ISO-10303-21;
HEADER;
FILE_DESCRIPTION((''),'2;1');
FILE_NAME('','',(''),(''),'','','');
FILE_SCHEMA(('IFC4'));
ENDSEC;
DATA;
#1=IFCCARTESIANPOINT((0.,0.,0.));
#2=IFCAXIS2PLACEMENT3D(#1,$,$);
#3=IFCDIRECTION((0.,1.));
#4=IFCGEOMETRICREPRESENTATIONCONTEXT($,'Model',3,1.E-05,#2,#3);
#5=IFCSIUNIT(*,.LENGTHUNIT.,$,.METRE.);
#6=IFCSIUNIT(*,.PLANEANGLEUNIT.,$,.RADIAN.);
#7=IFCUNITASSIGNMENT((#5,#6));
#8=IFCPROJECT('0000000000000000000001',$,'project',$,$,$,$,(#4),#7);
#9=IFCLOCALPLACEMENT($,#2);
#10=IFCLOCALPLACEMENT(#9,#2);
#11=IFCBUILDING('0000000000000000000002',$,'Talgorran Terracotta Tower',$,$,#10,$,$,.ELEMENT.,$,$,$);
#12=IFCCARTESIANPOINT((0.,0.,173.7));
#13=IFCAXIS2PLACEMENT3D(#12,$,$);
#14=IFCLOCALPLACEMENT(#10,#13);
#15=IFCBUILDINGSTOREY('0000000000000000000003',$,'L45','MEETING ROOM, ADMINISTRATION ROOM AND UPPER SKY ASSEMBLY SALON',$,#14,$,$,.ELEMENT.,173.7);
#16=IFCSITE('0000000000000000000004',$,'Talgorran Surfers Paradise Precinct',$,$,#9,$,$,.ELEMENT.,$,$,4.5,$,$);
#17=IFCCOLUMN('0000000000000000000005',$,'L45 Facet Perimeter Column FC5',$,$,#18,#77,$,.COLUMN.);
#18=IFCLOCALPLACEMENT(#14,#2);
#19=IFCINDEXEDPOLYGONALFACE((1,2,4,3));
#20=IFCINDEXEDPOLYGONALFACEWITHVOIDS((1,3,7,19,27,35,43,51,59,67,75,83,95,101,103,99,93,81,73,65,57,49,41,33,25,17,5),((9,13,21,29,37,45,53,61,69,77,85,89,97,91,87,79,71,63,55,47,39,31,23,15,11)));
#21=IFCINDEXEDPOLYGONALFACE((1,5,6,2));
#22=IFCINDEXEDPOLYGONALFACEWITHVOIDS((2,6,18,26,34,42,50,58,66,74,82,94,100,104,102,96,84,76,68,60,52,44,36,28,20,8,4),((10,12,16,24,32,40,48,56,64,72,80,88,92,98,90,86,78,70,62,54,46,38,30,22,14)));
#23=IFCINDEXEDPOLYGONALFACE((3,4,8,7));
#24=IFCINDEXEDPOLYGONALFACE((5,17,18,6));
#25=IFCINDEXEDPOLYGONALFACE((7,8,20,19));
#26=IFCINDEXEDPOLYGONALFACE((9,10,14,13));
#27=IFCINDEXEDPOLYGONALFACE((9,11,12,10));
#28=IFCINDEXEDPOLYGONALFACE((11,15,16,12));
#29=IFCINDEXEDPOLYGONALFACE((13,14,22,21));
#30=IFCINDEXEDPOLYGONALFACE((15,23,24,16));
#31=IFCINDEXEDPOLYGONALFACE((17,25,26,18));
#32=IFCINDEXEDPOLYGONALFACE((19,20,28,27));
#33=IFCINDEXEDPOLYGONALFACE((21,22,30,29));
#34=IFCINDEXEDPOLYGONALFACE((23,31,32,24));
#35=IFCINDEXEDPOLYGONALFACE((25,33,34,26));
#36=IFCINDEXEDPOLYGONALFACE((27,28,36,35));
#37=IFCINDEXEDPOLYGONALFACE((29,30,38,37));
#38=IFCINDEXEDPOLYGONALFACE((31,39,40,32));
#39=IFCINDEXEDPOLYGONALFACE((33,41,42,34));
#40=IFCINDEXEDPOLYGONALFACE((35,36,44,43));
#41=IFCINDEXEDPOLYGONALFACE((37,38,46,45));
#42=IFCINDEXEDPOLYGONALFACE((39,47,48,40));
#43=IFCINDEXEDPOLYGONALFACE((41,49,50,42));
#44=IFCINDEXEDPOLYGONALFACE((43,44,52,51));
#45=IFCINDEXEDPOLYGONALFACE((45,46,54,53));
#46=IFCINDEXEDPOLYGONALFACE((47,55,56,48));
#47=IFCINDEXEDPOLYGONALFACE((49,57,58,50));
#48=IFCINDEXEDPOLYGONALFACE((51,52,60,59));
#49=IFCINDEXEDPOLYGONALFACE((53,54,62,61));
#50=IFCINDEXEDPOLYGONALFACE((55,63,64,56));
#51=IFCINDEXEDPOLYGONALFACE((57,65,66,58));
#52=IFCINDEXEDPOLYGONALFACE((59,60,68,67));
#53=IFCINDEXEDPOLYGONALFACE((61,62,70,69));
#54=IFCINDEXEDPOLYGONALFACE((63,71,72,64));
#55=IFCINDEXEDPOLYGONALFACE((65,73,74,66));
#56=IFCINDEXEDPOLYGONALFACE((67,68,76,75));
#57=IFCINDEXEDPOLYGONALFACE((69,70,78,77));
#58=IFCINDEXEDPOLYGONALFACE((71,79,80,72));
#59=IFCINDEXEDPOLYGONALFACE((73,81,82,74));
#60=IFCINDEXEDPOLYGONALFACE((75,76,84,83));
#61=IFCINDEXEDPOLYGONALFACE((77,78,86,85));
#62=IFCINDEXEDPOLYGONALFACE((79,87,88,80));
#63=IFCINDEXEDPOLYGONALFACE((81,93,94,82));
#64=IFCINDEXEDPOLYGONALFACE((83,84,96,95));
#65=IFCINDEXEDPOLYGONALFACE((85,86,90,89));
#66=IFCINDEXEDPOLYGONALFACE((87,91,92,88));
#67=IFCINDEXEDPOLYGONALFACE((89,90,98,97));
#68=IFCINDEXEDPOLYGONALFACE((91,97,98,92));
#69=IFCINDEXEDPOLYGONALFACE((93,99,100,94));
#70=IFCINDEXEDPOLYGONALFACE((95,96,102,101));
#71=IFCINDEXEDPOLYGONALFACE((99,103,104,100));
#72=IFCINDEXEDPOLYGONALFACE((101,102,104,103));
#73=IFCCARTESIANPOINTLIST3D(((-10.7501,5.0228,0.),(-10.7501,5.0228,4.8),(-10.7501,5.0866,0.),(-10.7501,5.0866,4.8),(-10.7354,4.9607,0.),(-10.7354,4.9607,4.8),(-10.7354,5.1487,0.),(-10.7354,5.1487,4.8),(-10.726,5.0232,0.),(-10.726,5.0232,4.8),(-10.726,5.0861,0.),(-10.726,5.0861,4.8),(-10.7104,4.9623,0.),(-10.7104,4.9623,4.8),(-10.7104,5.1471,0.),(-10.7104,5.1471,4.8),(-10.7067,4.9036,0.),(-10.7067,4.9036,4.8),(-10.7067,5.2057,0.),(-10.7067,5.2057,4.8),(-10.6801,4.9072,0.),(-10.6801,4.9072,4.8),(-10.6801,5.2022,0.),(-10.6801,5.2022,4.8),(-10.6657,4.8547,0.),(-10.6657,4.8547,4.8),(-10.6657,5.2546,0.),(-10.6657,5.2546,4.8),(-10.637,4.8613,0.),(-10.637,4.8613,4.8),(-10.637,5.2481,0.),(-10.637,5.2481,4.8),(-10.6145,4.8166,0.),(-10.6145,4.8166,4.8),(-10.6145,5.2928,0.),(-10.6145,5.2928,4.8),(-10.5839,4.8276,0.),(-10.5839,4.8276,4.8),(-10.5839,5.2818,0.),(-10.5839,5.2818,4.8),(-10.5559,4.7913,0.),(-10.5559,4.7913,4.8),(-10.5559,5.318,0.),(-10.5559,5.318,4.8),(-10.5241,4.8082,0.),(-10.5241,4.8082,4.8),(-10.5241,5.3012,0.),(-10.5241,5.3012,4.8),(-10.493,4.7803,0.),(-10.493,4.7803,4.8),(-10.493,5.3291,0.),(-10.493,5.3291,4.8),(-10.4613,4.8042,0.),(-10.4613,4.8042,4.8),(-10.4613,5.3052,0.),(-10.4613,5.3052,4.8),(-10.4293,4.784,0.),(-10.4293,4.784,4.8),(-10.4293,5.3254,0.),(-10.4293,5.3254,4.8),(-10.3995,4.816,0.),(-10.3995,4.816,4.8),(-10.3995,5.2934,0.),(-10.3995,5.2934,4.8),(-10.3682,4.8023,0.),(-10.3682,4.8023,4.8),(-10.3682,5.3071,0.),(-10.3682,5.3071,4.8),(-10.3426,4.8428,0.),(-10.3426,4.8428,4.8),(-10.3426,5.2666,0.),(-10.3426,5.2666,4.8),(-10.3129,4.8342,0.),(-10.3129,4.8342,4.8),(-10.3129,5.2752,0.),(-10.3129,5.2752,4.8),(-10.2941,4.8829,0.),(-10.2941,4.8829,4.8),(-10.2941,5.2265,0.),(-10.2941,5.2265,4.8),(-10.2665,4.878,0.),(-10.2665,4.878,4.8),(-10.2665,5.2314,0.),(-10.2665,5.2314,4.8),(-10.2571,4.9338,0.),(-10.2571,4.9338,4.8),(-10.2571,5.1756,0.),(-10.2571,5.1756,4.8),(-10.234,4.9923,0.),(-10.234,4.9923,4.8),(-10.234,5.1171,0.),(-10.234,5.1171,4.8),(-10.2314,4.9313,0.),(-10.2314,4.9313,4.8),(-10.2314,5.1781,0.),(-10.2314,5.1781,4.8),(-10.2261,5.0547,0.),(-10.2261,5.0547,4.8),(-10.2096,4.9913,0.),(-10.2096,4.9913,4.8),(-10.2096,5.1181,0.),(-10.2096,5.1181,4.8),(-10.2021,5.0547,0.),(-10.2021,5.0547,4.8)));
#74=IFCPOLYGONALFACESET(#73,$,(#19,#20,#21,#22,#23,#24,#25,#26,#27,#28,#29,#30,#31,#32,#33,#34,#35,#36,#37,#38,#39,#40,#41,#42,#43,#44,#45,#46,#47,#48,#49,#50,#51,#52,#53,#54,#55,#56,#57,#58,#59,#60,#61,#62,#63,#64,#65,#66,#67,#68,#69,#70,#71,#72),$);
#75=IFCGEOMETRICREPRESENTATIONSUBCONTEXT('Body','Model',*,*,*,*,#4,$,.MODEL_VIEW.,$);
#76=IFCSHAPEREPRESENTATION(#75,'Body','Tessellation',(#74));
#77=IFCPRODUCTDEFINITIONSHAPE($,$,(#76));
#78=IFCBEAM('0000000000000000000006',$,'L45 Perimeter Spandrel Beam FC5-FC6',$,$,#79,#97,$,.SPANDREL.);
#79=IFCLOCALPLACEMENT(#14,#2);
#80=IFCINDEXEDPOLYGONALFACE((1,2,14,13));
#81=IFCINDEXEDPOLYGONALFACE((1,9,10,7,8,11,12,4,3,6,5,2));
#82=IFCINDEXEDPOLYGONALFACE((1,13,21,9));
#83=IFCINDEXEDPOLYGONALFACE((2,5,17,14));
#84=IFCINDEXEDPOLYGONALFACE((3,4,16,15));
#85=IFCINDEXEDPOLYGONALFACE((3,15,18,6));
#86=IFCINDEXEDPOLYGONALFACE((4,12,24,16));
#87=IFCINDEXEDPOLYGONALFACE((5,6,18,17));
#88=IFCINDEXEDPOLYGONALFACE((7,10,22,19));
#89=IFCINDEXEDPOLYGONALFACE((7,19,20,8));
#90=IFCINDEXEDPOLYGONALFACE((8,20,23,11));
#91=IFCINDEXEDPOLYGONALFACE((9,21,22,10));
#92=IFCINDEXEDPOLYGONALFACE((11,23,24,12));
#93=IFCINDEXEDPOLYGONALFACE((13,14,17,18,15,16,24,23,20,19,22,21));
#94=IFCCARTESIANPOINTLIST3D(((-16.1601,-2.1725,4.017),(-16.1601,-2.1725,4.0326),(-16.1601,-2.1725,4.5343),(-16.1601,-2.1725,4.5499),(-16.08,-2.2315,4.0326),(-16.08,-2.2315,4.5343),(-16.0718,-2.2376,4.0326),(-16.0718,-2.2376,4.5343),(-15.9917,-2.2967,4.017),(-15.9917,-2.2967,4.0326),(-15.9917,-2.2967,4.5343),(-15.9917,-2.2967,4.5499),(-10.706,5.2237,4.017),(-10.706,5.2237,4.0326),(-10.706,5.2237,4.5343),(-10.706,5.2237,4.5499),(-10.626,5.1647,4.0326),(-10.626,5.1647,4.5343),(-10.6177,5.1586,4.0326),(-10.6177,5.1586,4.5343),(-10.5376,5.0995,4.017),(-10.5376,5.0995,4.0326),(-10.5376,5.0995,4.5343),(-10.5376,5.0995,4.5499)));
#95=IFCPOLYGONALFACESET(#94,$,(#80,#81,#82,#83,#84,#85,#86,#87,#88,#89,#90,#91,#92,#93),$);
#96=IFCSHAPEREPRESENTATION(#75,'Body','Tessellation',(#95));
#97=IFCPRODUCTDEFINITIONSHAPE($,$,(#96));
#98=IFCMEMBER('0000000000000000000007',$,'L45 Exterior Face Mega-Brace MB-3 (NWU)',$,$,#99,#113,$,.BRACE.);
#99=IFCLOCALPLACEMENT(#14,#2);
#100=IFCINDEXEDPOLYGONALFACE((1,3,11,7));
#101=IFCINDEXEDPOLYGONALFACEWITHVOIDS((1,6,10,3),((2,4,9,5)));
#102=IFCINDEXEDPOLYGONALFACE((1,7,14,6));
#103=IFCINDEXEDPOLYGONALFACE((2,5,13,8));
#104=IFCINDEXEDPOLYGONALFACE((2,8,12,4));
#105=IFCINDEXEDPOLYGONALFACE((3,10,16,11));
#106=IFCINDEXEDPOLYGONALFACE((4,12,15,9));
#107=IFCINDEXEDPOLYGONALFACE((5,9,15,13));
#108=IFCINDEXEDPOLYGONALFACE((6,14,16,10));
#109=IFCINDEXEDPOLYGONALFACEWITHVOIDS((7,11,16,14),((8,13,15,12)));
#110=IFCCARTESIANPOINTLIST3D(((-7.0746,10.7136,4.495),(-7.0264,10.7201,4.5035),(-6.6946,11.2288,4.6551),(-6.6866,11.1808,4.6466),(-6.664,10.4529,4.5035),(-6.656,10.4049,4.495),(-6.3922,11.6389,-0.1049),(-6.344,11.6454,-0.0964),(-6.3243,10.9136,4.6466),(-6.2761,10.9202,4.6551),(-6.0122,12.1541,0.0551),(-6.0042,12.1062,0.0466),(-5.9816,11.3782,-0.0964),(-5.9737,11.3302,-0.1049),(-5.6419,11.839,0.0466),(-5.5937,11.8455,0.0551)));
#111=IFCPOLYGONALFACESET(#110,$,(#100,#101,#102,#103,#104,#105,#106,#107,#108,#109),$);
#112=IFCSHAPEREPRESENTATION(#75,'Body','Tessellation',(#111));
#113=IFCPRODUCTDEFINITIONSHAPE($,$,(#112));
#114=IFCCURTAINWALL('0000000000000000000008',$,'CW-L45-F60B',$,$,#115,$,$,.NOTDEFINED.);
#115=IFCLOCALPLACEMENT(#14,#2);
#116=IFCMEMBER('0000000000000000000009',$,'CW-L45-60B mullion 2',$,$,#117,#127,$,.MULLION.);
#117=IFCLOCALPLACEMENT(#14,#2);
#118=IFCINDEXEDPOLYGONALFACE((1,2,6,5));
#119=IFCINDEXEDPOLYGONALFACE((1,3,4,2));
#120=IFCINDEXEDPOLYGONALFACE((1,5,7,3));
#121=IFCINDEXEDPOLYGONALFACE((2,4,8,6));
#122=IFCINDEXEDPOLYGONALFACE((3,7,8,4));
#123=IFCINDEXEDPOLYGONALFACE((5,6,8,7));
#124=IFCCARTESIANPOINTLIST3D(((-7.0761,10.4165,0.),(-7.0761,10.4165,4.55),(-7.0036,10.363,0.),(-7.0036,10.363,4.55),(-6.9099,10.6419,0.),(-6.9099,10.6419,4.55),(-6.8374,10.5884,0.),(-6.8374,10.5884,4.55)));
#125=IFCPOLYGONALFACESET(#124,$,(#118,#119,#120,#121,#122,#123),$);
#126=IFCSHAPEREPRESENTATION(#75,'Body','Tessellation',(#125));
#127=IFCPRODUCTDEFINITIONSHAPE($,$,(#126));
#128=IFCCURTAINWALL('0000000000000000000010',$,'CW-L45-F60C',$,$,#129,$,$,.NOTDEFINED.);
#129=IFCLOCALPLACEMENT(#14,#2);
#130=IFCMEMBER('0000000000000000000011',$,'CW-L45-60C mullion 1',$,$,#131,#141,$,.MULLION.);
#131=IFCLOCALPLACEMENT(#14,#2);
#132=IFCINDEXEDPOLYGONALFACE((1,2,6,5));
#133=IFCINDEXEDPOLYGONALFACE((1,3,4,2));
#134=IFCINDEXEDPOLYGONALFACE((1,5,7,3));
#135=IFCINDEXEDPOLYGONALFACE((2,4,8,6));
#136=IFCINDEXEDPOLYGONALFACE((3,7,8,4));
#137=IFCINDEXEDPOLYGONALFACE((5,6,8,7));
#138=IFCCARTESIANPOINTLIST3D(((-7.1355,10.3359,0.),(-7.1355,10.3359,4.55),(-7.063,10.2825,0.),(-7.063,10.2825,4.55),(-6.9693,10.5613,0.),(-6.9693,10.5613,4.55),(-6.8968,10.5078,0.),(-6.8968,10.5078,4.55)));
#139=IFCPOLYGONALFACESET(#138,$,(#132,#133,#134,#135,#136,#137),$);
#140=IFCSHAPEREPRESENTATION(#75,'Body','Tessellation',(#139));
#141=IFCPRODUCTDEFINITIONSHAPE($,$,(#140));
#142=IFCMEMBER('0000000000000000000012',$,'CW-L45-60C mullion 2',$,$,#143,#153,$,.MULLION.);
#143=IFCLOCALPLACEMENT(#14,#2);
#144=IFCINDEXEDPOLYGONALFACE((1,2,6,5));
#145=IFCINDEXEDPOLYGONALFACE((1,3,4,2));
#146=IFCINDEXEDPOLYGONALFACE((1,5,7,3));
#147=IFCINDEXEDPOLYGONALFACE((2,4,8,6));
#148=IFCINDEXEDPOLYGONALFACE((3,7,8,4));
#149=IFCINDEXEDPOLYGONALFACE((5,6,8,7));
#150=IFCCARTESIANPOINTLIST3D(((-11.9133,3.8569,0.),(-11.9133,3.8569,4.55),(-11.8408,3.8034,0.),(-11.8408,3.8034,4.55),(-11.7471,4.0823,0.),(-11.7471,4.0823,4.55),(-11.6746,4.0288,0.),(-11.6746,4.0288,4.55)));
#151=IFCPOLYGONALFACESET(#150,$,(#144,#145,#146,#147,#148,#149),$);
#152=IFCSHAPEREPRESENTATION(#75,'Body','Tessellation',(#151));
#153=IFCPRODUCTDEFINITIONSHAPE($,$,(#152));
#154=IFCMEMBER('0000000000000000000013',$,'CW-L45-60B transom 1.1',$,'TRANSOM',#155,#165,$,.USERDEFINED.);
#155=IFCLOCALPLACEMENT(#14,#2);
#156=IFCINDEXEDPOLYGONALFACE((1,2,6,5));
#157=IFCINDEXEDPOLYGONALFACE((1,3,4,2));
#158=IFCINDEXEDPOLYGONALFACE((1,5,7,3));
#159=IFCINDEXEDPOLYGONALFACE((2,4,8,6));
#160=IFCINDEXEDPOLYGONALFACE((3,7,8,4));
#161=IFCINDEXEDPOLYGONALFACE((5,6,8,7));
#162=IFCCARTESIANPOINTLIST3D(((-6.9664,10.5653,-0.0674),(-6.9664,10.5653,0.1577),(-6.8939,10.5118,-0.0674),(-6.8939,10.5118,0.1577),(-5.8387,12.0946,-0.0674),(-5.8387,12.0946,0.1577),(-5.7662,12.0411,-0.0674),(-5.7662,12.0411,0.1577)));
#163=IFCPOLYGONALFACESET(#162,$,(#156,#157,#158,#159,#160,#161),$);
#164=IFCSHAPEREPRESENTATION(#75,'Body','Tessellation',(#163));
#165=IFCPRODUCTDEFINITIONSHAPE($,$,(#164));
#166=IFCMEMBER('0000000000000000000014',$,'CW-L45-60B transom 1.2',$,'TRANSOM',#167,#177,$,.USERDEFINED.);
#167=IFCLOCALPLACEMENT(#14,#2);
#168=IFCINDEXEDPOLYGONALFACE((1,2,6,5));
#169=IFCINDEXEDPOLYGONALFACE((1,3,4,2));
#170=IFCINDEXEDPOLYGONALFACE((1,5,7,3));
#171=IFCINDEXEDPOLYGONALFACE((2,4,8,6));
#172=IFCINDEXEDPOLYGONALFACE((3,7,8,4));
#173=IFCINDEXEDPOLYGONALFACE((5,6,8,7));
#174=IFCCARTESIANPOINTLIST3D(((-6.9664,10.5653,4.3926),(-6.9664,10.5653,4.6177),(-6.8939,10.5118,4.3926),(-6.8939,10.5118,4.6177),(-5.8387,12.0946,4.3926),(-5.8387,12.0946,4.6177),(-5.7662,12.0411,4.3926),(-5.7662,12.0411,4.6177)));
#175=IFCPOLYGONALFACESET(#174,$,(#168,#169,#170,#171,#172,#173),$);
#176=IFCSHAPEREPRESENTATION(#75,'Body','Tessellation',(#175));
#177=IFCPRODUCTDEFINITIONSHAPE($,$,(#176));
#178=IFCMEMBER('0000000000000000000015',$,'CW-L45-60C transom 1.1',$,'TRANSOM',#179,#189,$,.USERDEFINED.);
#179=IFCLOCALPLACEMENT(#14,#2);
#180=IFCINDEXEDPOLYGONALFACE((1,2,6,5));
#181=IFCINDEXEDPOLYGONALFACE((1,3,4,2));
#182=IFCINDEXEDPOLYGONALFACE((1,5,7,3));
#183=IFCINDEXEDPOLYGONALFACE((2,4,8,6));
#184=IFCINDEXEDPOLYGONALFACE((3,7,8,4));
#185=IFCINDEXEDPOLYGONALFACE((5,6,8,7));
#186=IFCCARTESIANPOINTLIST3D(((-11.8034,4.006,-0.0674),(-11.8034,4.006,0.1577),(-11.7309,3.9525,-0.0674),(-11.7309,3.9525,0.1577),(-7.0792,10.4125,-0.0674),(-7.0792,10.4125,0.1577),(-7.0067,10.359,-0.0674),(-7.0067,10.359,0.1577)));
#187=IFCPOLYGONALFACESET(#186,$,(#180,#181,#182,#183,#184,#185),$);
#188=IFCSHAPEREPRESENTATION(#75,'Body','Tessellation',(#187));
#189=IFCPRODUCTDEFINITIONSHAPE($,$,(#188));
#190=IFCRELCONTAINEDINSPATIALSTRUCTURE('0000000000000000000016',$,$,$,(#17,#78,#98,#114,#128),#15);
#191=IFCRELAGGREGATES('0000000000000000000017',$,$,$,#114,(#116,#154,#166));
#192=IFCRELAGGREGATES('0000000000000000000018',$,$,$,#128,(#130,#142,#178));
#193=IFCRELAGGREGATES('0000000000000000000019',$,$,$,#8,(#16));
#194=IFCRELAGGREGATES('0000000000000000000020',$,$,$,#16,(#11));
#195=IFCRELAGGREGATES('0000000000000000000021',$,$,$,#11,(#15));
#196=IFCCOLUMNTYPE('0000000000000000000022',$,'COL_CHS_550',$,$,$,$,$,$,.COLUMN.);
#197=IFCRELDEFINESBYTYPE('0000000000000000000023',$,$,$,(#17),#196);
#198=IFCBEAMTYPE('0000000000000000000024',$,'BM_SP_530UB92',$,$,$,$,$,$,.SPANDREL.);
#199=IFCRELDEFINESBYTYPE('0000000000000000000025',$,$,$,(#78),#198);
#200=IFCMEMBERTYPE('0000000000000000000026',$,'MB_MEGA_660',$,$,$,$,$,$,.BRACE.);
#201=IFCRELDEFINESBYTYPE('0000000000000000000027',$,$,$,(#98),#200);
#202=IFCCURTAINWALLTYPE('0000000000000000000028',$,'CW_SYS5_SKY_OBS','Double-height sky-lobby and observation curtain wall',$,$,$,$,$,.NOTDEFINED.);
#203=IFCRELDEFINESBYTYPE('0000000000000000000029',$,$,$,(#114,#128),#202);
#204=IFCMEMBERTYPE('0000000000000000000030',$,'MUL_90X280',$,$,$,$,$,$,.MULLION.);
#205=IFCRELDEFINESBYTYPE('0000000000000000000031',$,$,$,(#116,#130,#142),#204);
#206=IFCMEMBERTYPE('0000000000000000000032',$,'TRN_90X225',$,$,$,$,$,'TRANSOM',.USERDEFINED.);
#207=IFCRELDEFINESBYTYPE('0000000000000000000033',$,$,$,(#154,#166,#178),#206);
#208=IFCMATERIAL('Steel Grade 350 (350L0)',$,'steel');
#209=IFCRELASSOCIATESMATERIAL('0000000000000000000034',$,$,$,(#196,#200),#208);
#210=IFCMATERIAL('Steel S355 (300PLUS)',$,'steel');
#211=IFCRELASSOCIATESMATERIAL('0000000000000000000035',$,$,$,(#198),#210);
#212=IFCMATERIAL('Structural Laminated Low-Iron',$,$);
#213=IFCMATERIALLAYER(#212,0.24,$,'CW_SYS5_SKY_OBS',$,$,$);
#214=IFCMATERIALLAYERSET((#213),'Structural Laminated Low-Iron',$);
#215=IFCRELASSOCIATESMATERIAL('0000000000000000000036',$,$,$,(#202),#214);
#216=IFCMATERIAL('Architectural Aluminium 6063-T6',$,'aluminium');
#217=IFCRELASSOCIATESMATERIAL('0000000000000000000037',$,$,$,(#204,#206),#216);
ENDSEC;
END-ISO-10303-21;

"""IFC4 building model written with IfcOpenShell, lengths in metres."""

from ifc_helpers import new_model, si_unit, direction, frame, origin, origin_2d, place, context, subcontext, project, spatial, rectangle, hollow_rectangle, hollow_circle, i_section, extrude, material, layer, layer_set, material_profile, profile_set, type_object, element, aggregate, save


model = new_model("IFC4")

# Units and contexts
model_context = context("Model", 3, precision=1e-05, world=origin(), true_north=direction((0.0, 1.0)))
body_context = subcontext(model_context, "Body", "Model", "MODEL_VIEW")
ifc_project = project(units=[si_unit("LENGTHUNIT", "METRE"), si_unit("PLANEANGLEUNIT", "RADIAN")], contexts=[model_context])

# Site, building, storey
site_placement = place(None, origin())
site = spatial("IfcSite", under=ifc_project, at=site_placement, Name="Talgorran Surfers Paradise Precinct", CompositionType="ELEMENT", RefElevation=4.5)
building_placement = place(site_placement, origin())
building = spatial("IfcBuilding", under=site, at=building_placement, Name="Talgorran Terracotta Tower", CompositionType="ELEMENT")
storey_placement = place(building_placement, frame((0.0, 0.0, 173.7)))
storey = spatial("IfcBuildingStorey", under=building, at=storey_placement, Name="L45", Description="MEETING ROOM, ADMINISTRATION ROOM AND UPPER SKY ASSEMBLY SALON", CompositionType="ELEMENT", Elevation=173.7)

# Column
ifc_material_1 = material(Name="Steel Grade 350 (350L0)", Category="steel")
ifc_material_profile_1 = material_profile(ifc_material_1, hollow_circle(Radius=0.2749, WallThickness=0.0239, at=origin_2d()), Name="CHS550X24")
ifc_profile_set_1 = profile_set([ifc_material_profile_1], Name="Steel Grade 350 (350L0)")
column_type = type_object("IfcColumnType", Name="COL_CHS_550", PredefinedType="COLUMN", material=ifc_profile_set_1)
column_placement = place(storey_placement, frame((-10.4771, 5.0547, 0.0), z_axis=(0.0, 0.0, 1.0), x_axis=(1.0, 0.0, 0.0)))
element("IfcColumn", 1, at=column_placement, inside=storey, type_object=column_type, Name="L45 Facet Perimeter Column FC5", PredefinedType="COLUMN", context=body_context, shape_type="SweptSolid", body=[
    extrude(hollow_circle(Radius=0.2749, WallThickness=0.0239, at=origin_2d()), origin(), (0.0, 0.0, 1.0), 4.8),
])

# Beam
ifc_material_2 = material(Name="Steel S355 (300PLUS)", Category="steel")
ifc_material_profile_2 = material_profile(ifc_material_2, i_section(OverallWidth=0.2092, OverallDepth=0.533, WebThickness=0.0103, FlangeThickness=0.0156, at=origin_2d()), Name="530UB92.4")
ifc_profile_set_2 = profile_set([ifc_material_profile_2], Name="Steel S355 (300PLUS)")
beam_type = type_object("IfcBeamType", Name="BM_SP_530UB92", PredefinedType="SPANDREL", material=ifc_profile_set_2)
beam_placement = place(storey_placement, frame((-10.6218, 5.1616, 4.2834), z_axis=(-0.593498, -0.804835, 0.0), x_axis=(0.804835, -0.593498, 0.0)))
element("IfcBeam", 2, at=beam_placement, inside=storey, type_object=beam_type, Name="L45 Perimeter Spandrel Beam FC5-FC6", PredefinedType="SPANDREL", context=body_context, shape_type="SweptSolid", body=[
    extrude(i_section(OverallWidth=0.2092, OverallDepth=0.533, WebThickness=0.0103, FlangeThickness=0.0156, at=origin_2d()), origin(), (0.0, 0.0, 1.0), 9.1897),
])

# Member
ifc_material_profile_3 = material_profile(ifc_material_1, hollow_rectangle(XDim=0.52, YDim=0.6599, WallThickness=0.0349, at=origin_2d()), Name="WBOX660X520X35")
ifc_profile_set_3 = profile_set([ifc_material_profile_3], Name="Steel Grade 350 (350L0)")
member_type_1 = type_object("IfcMemberType", Name="MB_MEGA_660", PredefinedType="BRACE", material=ifc_profile_set_3)
member_1_placement = place(storey_placement, frame((-5.9929, 11.7422, -0.0249), z_axis=(-0.143919, -0.195154, 0.970156), x_axis=(0.804816, -0.593525, 0.0)))
element("IfcMember", 3, at=member_1_placement, inside=storey, type_object=member_type_1, Name="L45 Exterior Face Mega-Brace MB-3 (NWU)", PredefinedType="BRACE", context=body_context, shape_type="SweptSolid", body=[
    extrude(hollow_rectangle(XDim=0.52, YDim=0.6599, WallThickness=0.0349, at=origin_2d()), origin(), (0.0, 0.0, 1.0), 4.7415),
])

# Curtain wall, member
ifc_material_3 = material(Name="Structural Laminated Low-Iron")
ifc_layer_1 = layer(ifc_material_3, 0.24, Name="CW_SYS5_SKY_OBS")
ifc_layer_set_1 = layer_set([ifc_layer_1], Name="Structural Laminated Low-Iron")
curtain_wall_type = type_object("IfcCurtainWallType", Name="CW_SYS5_SKY_OBS", Description="Double-height sky-lobby and observation curtain wall", PredefinedType="NOTDEFINED", material=ifc_layer_set_1)
curtain_wall_1_placement = place(storey_placement, origin())
curtain_wall_1 = element("IfcCurtainWall", 4, at=curtain_wall_1_placement, inside=storey, type_object=curtain_wall_type, Name="CW-L45-F60B", PredefinedType="NOTDEFINED")
ifc_material_4 = material(Name="Architectural Aluminium 6063-T6", Category="aluminium")
ifc_material_profile_4 = material_profile(ifc_material_4, rectangle(XDim=0.0901, YDim=0.28, at=origin_2d()), Name="CWM90X280")
ifc_profile_set_4 = profile_set([ifc_material_profile_4], Name="Architectural Aluminium 6063-T6")
member_type_2 = type_object("IfcMemberType", Name="MUL_90X280", PredefinedType="MULLION", material=ifc_profile_set_4)
member_2_placement = place(storey_placement, frame((-6.9568, 10.5024, 0.0), z_axis=(0.0, 0.0, 1.0), x_axis=(0.804831, -0.593504, 0.0)))
member_2 = element("IfcMember", 5, at=member_2_placement, type_object=member_type_2, Name="CW-L45-60B mullion 2", PredefinedType="MULLION", context=body_context, shape_type="SweptSolid", body=[
    extrude(rectangle(XDim=0.0901, YDim=0.28, at=origin_2d()), origin(), (0.0, 0.0, 1.0), 4.55),
])

# Curtain wall, members
curtain_wall_2_placement = place(storey_placement, origin())
curtain_wall_2 = element("IfcCurtainWall", 6, at=curtain_wall_2_placement, inside=storey, type_object=curtain_wall_type, Name="CW-L45-F60C", PredefinedType="NOTDEFINED")
member_3_placement = place(storey_placement, frame((-7.0161, 10.4219, 0.0), z_axis=(0.0, 0.0, 1.0), x_axis=(0.804836, -0.593498, 0.0)))
member_3 = element("IfcMember", 7, at=member_3_placement, type_object=member_type_2, Name="CW-L45-60C mullion 1", PredefinedType="MULLION", context=body_context, shape_type="SweptSolid", body=[
    extrude(rectangle(XDim=0.0901, YDim=0.28, at=origin_2d()), origin(), (0.0, 0.0, 1.0), 4.55),
])
member_4_placement = place(storey_placement, frame((-11.7939, 3.9429, 0.0), z_axis=(0.0, 0.0, 1.0), x_axis=(0.804836, -0.593498, 0.0)))
member_4 = element("IfcMember", 8, at=member_4_placement, type_object=member_type_2, Name="CW-L45-60C mullion 2", PredefinedType="MULLION", context=body_context, shape_type="SweptSolid", body=[
    extrude(rectangle(XDim=0.0901, YDim=0.28, at=origin_2d()), origin(), (0.0, 0.0, 1.0), 4.55),
])

# Members
ifc_material_profile_5 = material_profile(ifc_material_4, rectangle(XDim=0.0901, YDim=0.2251, at=origin_2d()), Name="CWT90X225")
ifc_profile_set_5 = profile_set([ifc_material_profile_5], Name="Architectural Aluminium 6063-T6")
member_type_3 = type_object("IfcMemberType", Name="TRN_90X225", ElementType="TRANSOM", PredefinedType="USERDEFINED", material=ifc_profile_set_5)
member_5_placement = place(storey_placement, frame((-5.8025, 12.0679, 0.0452), z_axis=(-0.593484, -0.804846, 0.0), x_axis=(0.804846, -0.593484, 0.0)))
member_5 = element("IfcMember", 9, at=member_5_placement, type_object=member_type_3, Name="CW-L45-60B transom 1.1", ObjectType="TRANSOM", PredefinedType="USERDEFINED", context=body_context, shape_type="SweptSolid", body=[
    extrude(rectangle(XDim=0.0901, YDim=0.2251, at=origin_2d()), origin(), (0.0, 0.0, 1.0), 1.9001),
])
member_6_placement = place(storey_placement, frame((-5.8025, 12.0679, 4.5051), z_axis=(-0.593484, -0.804846, 0.0), x_axis=(0.804846, -0.593484, 0.0)))
member_6 = element("IfcMember", 10, at=member_6_placement, type_object=member_type_3, Name="CW-L45-60B transom 1.2", ObjectType="TRANSOM", PredefinedType="USERDEFINED", context=body_context, shape_type="SweptSolid", body=[
    extrude(rectangle(XDim=0.0901, YDim=0.2251, at=origin_2d()), origin(), (0.0, 0.0, 1.0), 1.9001),
])
member_7_placement = place(storey_placement, frame((-7.043, 10.3857, 0.0452), z_axis=(-0.593488, -0.804843, 0.0), x_axis=(0.804843, -0.593488, 0.0)))
member_7 = element("IfcMember", 11, at=member_7_placement, type_object=member_type_3, Name="CW-L45-60C transom 1.1", ObjectType="TRANSOM", PredefinedType="USERDEFINED", context=body_context, shape_type="SweptSolid", body=[
    extrude(rectangle(XDim=0.0901, YDim=0.2251, at=origin_2d()), origin(), (0.0, 0.0, 1.0), 7.96),
])

aggregate(curtain_wall_1, [member_2, member_5, member_6])
aggregate(curtain_wall_2, [member_3, member_4, member_7])

save(model, "model.ifc")
